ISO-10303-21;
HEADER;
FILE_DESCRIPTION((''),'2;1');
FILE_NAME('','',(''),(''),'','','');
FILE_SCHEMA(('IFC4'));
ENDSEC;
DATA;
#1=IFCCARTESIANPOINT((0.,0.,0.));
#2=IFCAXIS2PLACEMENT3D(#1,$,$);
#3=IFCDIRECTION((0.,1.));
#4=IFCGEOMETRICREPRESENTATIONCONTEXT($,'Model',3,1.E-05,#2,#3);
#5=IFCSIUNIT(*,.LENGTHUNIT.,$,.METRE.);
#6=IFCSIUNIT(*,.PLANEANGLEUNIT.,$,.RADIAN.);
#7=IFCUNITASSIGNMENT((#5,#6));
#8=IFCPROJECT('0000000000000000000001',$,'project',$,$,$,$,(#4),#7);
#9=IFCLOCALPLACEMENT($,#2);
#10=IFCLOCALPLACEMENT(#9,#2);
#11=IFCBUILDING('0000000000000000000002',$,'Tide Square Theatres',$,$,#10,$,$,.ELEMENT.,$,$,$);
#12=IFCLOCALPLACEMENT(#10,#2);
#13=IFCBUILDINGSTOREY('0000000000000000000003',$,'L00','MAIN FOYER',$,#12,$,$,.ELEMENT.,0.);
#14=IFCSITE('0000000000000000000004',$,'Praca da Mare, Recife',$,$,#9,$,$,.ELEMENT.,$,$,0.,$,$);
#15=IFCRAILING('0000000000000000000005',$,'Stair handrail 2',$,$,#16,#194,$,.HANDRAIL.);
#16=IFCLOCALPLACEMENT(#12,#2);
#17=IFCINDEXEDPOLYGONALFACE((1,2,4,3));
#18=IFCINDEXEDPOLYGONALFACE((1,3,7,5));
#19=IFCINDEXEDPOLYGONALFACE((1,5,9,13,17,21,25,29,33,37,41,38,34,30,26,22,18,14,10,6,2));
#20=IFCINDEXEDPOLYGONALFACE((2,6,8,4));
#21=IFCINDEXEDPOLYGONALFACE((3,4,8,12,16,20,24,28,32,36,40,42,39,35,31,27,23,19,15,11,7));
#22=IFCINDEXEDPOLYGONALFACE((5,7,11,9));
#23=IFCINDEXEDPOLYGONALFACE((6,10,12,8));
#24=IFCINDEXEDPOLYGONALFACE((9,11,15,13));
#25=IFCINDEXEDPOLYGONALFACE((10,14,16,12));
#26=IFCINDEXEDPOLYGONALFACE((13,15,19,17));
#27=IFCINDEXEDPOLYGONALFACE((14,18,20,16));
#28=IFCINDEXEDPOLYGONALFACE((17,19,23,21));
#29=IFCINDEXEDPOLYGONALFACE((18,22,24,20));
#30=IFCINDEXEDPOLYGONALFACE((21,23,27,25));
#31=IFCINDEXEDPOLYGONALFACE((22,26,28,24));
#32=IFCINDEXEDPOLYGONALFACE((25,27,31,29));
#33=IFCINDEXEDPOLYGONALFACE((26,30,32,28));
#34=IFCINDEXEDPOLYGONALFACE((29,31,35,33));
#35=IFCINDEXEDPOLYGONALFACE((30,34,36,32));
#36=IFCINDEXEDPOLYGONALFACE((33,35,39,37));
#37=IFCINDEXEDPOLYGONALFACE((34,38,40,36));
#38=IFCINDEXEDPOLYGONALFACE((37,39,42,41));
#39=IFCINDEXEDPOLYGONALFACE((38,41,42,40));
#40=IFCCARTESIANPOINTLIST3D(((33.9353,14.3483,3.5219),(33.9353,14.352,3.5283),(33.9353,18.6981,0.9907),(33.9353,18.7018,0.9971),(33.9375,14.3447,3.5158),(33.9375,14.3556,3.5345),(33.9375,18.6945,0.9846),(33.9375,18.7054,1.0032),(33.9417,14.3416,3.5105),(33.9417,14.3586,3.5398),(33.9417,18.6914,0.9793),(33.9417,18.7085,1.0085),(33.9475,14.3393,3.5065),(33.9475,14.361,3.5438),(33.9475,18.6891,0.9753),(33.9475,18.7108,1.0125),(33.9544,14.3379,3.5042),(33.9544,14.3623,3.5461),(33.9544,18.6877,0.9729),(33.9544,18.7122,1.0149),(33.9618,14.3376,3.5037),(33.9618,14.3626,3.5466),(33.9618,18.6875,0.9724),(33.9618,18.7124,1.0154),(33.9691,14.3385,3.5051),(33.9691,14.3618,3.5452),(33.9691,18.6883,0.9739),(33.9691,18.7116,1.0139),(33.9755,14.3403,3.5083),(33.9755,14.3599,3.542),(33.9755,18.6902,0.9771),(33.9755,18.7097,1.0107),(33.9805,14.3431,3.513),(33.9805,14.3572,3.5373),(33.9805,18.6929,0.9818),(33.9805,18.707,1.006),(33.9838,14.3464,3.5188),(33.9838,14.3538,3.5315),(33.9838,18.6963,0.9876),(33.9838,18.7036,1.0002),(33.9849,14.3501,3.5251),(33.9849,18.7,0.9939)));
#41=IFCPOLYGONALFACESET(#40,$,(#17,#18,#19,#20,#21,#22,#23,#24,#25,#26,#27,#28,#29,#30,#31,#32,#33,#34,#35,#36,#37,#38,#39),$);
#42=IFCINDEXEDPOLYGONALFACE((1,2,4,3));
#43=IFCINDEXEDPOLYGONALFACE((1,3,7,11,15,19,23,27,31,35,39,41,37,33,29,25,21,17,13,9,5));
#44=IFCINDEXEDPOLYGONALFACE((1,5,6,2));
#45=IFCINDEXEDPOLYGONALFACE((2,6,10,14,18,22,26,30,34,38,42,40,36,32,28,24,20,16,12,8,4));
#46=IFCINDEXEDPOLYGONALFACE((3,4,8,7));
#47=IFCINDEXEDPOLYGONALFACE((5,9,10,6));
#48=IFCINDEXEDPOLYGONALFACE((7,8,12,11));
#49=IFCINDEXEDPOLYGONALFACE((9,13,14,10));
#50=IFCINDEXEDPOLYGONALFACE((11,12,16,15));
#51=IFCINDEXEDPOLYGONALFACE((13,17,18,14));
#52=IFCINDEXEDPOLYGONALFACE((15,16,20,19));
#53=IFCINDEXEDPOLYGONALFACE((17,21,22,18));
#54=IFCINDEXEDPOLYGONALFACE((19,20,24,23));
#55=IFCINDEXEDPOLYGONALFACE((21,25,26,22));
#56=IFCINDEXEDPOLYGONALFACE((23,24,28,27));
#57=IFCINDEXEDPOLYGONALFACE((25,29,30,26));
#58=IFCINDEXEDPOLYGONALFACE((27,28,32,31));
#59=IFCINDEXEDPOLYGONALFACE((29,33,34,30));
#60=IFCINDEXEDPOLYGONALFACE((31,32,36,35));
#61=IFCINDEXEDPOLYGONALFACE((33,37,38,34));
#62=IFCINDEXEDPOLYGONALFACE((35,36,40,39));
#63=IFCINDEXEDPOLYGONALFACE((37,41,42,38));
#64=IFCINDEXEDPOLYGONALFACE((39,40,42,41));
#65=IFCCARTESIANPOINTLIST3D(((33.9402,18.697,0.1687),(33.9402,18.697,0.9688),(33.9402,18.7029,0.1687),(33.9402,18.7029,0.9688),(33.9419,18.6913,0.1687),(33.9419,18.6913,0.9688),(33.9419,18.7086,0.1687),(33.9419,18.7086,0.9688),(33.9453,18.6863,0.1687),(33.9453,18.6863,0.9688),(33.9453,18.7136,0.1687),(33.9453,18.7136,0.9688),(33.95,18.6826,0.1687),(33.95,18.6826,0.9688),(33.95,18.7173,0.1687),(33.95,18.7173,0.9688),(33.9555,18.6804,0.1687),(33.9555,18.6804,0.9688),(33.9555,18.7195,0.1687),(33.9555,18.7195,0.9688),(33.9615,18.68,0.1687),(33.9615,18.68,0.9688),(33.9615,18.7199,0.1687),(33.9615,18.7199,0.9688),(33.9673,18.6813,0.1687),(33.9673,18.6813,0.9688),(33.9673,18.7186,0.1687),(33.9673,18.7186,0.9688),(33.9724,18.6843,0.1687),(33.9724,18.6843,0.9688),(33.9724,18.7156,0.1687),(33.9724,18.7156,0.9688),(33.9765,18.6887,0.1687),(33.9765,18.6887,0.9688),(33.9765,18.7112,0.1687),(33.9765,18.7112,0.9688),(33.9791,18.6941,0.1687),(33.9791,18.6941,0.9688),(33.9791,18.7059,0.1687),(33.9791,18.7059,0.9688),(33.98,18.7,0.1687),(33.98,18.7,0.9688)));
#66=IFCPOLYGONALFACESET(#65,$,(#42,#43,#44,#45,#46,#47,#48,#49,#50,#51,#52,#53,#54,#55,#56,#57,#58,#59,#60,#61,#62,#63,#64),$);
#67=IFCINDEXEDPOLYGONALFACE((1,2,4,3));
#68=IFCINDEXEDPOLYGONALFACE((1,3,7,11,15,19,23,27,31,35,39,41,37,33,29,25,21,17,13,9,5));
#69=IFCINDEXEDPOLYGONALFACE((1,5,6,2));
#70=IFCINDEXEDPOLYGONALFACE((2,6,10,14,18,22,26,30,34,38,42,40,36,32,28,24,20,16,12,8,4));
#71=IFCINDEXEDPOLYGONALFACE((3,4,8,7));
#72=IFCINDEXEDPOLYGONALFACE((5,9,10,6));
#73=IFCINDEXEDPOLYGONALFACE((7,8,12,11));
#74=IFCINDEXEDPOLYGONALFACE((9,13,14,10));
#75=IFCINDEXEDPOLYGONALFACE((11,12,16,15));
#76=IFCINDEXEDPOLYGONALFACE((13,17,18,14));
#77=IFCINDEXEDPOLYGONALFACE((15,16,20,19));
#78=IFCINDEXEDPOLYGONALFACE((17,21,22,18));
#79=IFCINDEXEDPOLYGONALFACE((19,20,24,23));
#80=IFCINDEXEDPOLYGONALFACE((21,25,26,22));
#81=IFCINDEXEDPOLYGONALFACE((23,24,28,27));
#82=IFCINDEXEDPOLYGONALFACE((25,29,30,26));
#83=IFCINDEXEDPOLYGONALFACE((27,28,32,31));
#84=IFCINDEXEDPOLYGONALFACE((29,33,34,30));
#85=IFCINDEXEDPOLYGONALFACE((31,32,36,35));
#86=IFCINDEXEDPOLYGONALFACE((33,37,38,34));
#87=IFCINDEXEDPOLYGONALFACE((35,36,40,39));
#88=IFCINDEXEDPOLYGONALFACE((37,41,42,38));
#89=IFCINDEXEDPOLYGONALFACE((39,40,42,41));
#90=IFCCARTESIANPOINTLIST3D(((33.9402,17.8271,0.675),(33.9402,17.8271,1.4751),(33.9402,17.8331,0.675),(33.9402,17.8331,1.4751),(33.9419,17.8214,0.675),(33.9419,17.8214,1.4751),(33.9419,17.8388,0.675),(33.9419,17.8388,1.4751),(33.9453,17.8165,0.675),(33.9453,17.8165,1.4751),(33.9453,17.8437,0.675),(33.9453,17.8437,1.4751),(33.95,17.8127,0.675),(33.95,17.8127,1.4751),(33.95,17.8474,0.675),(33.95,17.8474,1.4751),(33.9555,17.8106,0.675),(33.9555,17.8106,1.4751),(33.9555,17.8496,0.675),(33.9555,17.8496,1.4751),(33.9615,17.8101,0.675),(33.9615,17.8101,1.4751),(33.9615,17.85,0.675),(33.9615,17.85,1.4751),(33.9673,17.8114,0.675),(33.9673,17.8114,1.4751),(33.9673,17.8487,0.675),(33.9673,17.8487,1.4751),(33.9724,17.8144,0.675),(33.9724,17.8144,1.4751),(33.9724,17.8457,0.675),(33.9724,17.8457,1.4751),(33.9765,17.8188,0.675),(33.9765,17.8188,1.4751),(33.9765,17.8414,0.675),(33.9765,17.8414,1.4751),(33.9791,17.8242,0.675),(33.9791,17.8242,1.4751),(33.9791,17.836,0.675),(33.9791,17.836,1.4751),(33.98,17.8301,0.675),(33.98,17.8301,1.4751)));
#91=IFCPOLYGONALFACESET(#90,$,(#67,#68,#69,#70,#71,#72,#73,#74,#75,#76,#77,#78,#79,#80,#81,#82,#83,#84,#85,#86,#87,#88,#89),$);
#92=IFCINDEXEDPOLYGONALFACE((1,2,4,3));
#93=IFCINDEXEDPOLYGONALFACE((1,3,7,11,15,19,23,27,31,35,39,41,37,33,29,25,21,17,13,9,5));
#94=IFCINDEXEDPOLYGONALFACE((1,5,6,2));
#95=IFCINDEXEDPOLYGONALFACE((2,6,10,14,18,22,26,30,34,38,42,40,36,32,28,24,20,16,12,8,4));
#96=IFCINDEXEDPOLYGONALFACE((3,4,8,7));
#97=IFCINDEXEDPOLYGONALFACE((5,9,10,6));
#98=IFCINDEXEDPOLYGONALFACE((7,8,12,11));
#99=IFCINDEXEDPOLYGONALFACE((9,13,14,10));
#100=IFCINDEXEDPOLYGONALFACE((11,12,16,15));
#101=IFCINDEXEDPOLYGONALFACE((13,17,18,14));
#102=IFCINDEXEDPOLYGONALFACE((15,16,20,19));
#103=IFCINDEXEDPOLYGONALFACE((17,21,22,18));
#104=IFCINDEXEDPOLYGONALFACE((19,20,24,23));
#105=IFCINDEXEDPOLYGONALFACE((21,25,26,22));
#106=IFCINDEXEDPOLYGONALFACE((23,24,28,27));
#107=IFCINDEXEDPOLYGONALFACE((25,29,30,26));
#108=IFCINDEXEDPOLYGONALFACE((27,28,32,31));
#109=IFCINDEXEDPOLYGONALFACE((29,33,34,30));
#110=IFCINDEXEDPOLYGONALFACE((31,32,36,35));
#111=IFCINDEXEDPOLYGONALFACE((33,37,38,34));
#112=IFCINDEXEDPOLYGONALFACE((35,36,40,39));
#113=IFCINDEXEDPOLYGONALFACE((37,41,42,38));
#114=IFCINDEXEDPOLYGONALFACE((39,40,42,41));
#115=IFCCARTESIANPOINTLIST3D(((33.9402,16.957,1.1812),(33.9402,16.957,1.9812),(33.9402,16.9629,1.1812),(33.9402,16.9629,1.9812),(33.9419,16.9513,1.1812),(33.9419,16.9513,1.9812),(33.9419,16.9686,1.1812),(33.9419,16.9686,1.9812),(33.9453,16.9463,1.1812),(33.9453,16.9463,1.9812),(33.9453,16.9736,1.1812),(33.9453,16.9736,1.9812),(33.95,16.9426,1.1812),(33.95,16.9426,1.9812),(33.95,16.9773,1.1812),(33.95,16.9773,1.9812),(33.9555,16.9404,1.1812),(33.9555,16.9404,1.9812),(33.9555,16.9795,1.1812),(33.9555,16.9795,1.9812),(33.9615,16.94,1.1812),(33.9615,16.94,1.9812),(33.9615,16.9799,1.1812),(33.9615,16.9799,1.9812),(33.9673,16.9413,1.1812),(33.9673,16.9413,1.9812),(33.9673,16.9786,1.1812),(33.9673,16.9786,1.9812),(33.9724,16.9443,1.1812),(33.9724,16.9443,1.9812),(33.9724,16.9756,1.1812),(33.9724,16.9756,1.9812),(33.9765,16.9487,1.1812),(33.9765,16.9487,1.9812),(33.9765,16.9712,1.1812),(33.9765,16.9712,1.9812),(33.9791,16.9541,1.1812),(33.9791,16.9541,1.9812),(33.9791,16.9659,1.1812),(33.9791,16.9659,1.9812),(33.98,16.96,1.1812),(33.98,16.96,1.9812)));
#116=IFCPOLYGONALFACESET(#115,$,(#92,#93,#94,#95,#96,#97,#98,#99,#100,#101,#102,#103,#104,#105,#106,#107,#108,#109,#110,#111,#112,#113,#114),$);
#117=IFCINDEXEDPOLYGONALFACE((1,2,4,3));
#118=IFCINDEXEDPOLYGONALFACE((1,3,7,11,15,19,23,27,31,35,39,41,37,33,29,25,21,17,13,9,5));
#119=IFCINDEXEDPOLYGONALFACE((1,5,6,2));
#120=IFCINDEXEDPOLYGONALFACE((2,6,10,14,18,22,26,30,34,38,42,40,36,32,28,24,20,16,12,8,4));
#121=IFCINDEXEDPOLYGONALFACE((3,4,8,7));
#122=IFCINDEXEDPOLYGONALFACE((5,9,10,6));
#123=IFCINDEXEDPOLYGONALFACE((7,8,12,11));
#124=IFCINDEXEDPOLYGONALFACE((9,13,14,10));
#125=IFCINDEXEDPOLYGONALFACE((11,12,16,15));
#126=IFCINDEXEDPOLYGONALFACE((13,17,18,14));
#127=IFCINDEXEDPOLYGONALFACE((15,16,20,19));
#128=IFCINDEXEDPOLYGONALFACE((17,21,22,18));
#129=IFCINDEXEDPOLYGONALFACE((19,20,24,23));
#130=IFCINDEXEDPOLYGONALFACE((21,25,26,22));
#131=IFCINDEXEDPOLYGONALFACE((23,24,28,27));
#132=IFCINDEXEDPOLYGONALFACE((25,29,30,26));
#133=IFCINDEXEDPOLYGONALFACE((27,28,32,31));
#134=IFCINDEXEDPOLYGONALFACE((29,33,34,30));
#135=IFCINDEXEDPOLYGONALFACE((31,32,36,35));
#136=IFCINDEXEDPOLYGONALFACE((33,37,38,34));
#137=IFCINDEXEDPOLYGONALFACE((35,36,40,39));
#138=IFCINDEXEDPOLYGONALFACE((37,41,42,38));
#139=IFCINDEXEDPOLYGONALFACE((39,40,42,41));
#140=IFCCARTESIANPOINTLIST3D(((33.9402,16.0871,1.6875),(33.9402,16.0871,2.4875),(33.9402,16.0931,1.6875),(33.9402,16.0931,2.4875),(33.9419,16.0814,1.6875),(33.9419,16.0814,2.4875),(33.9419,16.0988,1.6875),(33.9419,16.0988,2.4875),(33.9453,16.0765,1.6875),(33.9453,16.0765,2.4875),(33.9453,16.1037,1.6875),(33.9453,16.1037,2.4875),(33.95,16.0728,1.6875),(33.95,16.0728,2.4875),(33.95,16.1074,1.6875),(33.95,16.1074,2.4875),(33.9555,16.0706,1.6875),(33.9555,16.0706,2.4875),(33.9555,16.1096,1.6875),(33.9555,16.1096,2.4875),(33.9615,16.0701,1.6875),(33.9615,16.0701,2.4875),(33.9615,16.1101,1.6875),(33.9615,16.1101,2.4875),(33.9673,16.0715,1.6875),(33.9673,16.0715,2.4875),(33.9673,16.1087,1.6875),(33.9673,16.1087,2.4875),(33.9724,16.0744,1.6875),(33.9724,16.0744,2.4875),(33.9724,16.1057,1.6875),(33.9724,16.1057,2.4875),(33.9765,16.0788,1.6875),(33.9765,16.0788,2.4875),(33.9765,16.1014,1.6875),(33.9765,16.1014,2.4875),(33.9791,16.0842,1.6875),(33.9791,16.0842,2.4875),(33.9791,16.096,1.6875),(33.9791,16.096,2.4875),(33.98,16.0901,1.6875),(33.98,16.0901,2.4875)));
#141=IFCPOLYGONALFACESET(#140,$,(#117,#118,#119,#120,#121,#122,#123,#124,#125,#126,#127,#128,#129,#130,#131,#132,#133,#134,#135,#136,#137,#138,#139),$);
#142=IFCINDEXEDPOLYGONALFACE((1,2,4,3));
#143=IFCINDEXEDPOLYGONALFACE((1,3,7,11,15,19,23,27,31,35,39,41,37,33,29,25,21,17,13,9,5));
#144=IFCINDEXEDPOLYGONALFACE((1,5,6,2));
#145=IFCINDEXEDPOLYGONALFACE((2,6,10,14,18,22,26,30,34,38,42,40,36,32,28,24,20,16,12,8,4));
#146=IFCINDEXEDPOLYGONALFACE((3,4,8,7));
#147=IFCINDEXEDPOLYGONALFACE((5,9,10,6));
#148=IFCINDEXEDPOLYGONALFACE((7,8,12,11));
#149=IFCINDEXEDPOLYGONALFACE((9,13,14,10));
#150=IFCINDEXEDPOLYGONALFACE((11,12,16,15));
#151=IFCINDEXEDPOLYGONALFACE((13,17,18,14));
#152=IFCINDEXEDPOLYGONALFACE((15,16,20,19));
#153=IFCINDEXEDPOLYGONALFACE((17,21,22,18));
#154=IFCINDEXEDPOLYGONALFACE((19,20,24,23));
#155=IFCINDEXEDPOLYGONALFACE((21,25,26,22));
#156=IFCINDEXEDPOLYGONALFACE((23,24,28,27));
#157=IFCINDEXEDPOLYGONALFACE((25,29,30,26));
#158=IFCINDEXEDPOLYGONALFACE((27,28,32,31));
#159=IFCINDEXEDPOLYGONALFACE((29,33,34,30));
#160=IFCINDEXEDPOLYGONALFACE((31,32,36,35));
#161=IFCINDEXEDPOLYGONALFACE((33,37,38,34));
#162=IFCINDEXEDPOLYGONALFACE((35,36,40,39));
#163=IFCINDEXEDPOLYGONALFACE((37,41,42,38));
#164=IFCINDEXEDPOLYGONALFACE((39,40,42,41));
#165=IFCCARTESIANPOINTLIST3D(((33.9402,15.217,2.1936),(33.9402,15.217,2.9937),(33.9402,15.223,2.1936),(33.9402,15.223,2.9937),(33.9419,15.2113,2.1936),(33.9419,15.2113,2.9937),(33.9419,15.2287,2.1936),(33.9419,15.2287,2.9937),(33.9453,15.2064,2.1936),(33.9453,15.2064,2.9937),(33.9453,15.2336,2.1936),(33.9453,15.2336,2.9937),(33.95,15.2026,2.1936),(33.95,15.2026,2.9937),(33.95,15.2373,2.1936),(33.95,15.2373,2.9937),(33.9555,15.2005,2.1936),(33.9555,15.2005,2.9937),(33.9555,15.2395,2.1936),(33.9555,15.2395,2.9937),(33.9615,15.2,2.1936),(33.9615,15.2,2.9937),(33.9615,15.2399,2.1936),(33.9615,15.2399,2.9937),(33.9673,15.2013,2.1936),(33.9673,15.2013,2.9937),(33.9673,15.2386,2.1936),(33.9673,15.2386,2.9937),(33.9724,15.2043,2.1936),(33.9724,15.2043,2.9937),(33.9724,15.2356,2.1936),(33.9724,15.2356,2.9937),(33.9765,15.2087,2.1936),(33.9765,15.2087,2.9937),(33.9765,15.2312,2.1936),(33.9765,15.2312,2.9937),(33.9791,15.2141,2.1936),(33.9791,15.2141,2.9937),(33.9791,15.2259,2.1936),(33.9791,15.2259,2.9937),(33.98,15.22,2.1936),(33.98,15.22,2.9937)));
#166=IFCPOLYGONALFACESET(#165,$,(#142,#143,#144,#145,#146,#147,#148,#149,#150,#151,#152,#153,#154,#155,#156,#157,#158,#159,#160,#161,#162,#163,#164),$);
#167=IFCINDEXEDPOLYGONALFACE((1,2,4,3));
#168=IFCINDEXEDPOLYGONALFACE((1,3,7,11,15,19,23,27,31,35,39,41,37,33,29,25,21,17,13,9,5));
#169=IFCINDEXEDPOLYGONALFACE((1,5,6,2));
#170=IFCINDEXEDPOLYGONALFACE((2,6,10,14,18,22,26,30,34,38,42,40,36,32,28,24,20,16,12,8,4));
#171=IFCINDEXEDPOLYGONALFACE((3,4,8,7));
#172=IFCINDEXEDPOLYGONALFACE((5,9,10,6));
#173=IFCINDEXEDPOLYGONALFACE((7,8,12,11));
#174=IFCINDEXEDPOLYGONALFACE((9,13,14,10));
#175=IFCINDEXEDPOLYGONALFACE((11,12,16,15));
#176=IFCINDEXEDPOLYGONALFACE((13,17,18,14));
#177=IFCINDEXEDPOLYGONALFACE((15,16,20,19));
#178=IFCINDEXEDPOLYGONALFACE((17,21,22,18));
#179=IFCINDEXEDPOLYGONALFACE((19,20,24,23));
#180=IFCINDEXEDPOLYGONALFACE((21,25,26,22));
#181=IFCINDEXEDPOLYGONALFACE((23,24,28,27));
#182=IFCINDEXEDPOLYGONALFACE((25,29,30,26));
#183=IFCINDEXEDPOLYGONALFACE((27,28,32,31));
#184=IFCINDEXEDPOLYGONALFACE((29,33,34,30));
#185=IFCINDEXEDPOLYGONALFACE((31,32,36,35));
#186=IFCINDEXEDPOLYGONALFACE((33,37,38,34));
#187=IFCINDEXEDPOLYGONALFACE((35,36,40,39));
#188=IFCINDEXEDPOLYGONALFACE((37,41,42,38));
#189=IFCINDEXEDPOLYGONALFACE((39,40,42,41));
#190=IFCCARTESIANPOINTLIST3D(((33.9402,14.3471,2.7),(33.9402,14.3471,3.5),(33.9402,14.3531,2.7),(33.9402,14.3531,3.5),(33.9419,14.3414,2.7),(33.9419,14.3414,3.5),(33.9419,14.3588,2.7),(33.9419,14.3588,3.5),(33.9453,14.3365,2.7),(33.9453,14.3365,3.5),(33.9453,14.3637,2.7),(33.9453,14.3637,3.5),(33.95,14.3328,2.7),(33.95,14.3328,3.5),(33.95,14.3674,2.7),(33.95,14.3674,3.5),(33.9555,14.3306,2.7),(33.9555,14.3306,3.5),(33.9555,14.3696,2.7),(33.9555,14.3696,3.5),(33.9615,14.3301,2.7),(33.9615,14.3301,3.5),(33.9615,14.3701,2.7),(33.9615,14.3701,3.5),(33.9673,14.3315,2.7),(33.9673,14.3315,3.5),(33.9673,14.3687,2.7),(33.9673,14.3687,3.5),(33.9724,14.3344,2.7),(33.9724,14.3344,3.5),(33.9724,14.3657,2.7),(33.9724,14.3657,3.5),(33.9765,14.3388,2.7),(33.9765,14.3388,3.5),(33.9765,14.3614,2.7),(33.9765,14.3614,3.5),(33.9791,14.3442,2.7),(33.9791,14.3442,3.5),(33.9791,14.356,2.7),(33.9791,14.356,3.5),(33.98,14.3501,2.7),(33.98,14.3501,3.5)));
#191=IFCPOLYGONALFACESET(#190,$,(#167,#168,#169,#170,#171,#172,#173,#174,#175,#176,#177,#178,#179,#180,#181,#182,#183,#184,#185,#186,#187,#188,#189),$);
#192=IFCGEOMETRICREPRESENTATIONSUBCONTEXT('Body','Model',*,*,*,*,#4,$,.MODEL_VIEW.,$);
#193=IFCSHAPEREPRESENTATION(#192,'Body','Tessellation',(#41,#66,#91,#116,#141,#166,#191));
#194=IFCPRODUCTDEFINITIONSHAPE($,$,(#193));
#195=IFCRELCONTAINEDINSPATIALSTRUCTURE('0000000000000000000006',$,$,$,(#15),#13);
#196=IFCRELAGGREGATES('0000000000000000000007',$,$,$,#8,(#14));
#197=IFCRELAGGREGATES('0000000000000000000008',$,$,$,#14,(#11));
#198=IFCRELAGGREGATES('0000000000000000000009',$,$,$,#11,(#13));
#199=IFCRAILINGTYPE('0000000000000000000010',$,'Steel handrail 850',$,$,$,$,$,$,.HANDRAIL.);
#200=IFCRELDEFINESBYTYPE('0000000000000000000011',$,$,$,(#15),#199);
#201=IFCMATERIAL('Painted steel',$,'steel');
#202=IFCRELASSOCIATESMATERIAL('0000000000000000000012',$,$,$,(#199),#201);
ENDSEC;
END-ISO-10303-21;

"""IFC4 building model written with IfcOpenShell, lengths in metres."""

from ifc_helpers import new_model, si_unit, direction, frame, origin, origin_2d, place, context, subcontext, project, spatial, circle, extrude, material, type_object, element, save


model = new_model("IFC4")

# Units and contexts
model_context = context("Model", 3, precision=1e-05, world=origin(), true_north=direction((0.0, 1.0)))
body_context = subcontext(model_context, "Body", "Model", "MODEL_VIEW")
ifc_project = project(units=[si_unit("LENGTHUNIT", "METRE"), si_unit("PLANEANGLEUNIT", "RADIAN")], contexts=[model_context])

# Site, building, storey
site_placement = place(None, origin())
site = spatial("IfcSite", under=ifc_project, at=site_placement, Name="Praca da Mare, Recife", CompositionType="ELEMENT", RefElevation=0.0)
building_placement = place(site_placement, origin())
building = spatial("IfcBuilding", under=site, at=building_placement, Name="Tide Square Theatres", CompositionType="ELEMENT")
storey_placement = place(building_placement, origin())
storey = spatial("IfcBuildingStorey", under=building, at=storey_placement, Name="L00", Description="MAIN FOYER", CompositionType="ELEMENT", Elevation=0.0)

# Railing
ifc_material_1 = material(Name="Painted steel", Category="steel")
railing_type = type_object("IfcRailingType", Name="Steel handrail 850", PredefinedType="HANDRAIL", material=ifc_material_1)
railing_placement = place(storey_placement, frame((33.96, 18.7, 0.1687)))
element("IfcRailing", 1, at=railing_placement, inside=storey, type_object=railing_type, Name="Stair handrail 2", PredefinedType="HANDRAIL", context=body_context, shape_type="SweptSolid", body=[
    extrude(circle(Radius=0.0249, at=origin_2d()), frame((0.0, 0.0, 0.8252), z_axis=(0.0, -0.864312, 0.502957), x_axis=(1.0, 0.0, 0.0)), (0.0, 0.0, 1.0), 5.0327),
    extrude(circle(Radius=0.02, at=origin_2d()), origin(), (0.0, 0.0, 1.0), 0.8),
    extrude(circle(Radius=0.02, at=origin_2d()), frame((0.0, -0.8699, 0.5063)), (0.0, 0.0, 1.0), 0.8),
    extrude(circle(Radius=0.02, at=origin_2d()), frame((0.0, -1.74, 1.0125)), (0.0, 0.0, 1.0), 0.8),
    extrude(circle(Radius=0.02, at=origin_2d()), frame((0.0, -2.6099, 1.5188)), (0.0, 0.0, 1.0), 0.8),
    extrude(circle(Radius=0.02, at=origin_2d()), frame((0.0, -3.48, 2.0249)), (0.0, 0.0, 1.0), 0.8),
    extrude(circle(Radius=0.02, at=origin_2d()), frame((0.0, -4.3499, 2.5312)), (0.0, 0.0, 1.0), 0.8),
])

save(model, "model.ifc")
